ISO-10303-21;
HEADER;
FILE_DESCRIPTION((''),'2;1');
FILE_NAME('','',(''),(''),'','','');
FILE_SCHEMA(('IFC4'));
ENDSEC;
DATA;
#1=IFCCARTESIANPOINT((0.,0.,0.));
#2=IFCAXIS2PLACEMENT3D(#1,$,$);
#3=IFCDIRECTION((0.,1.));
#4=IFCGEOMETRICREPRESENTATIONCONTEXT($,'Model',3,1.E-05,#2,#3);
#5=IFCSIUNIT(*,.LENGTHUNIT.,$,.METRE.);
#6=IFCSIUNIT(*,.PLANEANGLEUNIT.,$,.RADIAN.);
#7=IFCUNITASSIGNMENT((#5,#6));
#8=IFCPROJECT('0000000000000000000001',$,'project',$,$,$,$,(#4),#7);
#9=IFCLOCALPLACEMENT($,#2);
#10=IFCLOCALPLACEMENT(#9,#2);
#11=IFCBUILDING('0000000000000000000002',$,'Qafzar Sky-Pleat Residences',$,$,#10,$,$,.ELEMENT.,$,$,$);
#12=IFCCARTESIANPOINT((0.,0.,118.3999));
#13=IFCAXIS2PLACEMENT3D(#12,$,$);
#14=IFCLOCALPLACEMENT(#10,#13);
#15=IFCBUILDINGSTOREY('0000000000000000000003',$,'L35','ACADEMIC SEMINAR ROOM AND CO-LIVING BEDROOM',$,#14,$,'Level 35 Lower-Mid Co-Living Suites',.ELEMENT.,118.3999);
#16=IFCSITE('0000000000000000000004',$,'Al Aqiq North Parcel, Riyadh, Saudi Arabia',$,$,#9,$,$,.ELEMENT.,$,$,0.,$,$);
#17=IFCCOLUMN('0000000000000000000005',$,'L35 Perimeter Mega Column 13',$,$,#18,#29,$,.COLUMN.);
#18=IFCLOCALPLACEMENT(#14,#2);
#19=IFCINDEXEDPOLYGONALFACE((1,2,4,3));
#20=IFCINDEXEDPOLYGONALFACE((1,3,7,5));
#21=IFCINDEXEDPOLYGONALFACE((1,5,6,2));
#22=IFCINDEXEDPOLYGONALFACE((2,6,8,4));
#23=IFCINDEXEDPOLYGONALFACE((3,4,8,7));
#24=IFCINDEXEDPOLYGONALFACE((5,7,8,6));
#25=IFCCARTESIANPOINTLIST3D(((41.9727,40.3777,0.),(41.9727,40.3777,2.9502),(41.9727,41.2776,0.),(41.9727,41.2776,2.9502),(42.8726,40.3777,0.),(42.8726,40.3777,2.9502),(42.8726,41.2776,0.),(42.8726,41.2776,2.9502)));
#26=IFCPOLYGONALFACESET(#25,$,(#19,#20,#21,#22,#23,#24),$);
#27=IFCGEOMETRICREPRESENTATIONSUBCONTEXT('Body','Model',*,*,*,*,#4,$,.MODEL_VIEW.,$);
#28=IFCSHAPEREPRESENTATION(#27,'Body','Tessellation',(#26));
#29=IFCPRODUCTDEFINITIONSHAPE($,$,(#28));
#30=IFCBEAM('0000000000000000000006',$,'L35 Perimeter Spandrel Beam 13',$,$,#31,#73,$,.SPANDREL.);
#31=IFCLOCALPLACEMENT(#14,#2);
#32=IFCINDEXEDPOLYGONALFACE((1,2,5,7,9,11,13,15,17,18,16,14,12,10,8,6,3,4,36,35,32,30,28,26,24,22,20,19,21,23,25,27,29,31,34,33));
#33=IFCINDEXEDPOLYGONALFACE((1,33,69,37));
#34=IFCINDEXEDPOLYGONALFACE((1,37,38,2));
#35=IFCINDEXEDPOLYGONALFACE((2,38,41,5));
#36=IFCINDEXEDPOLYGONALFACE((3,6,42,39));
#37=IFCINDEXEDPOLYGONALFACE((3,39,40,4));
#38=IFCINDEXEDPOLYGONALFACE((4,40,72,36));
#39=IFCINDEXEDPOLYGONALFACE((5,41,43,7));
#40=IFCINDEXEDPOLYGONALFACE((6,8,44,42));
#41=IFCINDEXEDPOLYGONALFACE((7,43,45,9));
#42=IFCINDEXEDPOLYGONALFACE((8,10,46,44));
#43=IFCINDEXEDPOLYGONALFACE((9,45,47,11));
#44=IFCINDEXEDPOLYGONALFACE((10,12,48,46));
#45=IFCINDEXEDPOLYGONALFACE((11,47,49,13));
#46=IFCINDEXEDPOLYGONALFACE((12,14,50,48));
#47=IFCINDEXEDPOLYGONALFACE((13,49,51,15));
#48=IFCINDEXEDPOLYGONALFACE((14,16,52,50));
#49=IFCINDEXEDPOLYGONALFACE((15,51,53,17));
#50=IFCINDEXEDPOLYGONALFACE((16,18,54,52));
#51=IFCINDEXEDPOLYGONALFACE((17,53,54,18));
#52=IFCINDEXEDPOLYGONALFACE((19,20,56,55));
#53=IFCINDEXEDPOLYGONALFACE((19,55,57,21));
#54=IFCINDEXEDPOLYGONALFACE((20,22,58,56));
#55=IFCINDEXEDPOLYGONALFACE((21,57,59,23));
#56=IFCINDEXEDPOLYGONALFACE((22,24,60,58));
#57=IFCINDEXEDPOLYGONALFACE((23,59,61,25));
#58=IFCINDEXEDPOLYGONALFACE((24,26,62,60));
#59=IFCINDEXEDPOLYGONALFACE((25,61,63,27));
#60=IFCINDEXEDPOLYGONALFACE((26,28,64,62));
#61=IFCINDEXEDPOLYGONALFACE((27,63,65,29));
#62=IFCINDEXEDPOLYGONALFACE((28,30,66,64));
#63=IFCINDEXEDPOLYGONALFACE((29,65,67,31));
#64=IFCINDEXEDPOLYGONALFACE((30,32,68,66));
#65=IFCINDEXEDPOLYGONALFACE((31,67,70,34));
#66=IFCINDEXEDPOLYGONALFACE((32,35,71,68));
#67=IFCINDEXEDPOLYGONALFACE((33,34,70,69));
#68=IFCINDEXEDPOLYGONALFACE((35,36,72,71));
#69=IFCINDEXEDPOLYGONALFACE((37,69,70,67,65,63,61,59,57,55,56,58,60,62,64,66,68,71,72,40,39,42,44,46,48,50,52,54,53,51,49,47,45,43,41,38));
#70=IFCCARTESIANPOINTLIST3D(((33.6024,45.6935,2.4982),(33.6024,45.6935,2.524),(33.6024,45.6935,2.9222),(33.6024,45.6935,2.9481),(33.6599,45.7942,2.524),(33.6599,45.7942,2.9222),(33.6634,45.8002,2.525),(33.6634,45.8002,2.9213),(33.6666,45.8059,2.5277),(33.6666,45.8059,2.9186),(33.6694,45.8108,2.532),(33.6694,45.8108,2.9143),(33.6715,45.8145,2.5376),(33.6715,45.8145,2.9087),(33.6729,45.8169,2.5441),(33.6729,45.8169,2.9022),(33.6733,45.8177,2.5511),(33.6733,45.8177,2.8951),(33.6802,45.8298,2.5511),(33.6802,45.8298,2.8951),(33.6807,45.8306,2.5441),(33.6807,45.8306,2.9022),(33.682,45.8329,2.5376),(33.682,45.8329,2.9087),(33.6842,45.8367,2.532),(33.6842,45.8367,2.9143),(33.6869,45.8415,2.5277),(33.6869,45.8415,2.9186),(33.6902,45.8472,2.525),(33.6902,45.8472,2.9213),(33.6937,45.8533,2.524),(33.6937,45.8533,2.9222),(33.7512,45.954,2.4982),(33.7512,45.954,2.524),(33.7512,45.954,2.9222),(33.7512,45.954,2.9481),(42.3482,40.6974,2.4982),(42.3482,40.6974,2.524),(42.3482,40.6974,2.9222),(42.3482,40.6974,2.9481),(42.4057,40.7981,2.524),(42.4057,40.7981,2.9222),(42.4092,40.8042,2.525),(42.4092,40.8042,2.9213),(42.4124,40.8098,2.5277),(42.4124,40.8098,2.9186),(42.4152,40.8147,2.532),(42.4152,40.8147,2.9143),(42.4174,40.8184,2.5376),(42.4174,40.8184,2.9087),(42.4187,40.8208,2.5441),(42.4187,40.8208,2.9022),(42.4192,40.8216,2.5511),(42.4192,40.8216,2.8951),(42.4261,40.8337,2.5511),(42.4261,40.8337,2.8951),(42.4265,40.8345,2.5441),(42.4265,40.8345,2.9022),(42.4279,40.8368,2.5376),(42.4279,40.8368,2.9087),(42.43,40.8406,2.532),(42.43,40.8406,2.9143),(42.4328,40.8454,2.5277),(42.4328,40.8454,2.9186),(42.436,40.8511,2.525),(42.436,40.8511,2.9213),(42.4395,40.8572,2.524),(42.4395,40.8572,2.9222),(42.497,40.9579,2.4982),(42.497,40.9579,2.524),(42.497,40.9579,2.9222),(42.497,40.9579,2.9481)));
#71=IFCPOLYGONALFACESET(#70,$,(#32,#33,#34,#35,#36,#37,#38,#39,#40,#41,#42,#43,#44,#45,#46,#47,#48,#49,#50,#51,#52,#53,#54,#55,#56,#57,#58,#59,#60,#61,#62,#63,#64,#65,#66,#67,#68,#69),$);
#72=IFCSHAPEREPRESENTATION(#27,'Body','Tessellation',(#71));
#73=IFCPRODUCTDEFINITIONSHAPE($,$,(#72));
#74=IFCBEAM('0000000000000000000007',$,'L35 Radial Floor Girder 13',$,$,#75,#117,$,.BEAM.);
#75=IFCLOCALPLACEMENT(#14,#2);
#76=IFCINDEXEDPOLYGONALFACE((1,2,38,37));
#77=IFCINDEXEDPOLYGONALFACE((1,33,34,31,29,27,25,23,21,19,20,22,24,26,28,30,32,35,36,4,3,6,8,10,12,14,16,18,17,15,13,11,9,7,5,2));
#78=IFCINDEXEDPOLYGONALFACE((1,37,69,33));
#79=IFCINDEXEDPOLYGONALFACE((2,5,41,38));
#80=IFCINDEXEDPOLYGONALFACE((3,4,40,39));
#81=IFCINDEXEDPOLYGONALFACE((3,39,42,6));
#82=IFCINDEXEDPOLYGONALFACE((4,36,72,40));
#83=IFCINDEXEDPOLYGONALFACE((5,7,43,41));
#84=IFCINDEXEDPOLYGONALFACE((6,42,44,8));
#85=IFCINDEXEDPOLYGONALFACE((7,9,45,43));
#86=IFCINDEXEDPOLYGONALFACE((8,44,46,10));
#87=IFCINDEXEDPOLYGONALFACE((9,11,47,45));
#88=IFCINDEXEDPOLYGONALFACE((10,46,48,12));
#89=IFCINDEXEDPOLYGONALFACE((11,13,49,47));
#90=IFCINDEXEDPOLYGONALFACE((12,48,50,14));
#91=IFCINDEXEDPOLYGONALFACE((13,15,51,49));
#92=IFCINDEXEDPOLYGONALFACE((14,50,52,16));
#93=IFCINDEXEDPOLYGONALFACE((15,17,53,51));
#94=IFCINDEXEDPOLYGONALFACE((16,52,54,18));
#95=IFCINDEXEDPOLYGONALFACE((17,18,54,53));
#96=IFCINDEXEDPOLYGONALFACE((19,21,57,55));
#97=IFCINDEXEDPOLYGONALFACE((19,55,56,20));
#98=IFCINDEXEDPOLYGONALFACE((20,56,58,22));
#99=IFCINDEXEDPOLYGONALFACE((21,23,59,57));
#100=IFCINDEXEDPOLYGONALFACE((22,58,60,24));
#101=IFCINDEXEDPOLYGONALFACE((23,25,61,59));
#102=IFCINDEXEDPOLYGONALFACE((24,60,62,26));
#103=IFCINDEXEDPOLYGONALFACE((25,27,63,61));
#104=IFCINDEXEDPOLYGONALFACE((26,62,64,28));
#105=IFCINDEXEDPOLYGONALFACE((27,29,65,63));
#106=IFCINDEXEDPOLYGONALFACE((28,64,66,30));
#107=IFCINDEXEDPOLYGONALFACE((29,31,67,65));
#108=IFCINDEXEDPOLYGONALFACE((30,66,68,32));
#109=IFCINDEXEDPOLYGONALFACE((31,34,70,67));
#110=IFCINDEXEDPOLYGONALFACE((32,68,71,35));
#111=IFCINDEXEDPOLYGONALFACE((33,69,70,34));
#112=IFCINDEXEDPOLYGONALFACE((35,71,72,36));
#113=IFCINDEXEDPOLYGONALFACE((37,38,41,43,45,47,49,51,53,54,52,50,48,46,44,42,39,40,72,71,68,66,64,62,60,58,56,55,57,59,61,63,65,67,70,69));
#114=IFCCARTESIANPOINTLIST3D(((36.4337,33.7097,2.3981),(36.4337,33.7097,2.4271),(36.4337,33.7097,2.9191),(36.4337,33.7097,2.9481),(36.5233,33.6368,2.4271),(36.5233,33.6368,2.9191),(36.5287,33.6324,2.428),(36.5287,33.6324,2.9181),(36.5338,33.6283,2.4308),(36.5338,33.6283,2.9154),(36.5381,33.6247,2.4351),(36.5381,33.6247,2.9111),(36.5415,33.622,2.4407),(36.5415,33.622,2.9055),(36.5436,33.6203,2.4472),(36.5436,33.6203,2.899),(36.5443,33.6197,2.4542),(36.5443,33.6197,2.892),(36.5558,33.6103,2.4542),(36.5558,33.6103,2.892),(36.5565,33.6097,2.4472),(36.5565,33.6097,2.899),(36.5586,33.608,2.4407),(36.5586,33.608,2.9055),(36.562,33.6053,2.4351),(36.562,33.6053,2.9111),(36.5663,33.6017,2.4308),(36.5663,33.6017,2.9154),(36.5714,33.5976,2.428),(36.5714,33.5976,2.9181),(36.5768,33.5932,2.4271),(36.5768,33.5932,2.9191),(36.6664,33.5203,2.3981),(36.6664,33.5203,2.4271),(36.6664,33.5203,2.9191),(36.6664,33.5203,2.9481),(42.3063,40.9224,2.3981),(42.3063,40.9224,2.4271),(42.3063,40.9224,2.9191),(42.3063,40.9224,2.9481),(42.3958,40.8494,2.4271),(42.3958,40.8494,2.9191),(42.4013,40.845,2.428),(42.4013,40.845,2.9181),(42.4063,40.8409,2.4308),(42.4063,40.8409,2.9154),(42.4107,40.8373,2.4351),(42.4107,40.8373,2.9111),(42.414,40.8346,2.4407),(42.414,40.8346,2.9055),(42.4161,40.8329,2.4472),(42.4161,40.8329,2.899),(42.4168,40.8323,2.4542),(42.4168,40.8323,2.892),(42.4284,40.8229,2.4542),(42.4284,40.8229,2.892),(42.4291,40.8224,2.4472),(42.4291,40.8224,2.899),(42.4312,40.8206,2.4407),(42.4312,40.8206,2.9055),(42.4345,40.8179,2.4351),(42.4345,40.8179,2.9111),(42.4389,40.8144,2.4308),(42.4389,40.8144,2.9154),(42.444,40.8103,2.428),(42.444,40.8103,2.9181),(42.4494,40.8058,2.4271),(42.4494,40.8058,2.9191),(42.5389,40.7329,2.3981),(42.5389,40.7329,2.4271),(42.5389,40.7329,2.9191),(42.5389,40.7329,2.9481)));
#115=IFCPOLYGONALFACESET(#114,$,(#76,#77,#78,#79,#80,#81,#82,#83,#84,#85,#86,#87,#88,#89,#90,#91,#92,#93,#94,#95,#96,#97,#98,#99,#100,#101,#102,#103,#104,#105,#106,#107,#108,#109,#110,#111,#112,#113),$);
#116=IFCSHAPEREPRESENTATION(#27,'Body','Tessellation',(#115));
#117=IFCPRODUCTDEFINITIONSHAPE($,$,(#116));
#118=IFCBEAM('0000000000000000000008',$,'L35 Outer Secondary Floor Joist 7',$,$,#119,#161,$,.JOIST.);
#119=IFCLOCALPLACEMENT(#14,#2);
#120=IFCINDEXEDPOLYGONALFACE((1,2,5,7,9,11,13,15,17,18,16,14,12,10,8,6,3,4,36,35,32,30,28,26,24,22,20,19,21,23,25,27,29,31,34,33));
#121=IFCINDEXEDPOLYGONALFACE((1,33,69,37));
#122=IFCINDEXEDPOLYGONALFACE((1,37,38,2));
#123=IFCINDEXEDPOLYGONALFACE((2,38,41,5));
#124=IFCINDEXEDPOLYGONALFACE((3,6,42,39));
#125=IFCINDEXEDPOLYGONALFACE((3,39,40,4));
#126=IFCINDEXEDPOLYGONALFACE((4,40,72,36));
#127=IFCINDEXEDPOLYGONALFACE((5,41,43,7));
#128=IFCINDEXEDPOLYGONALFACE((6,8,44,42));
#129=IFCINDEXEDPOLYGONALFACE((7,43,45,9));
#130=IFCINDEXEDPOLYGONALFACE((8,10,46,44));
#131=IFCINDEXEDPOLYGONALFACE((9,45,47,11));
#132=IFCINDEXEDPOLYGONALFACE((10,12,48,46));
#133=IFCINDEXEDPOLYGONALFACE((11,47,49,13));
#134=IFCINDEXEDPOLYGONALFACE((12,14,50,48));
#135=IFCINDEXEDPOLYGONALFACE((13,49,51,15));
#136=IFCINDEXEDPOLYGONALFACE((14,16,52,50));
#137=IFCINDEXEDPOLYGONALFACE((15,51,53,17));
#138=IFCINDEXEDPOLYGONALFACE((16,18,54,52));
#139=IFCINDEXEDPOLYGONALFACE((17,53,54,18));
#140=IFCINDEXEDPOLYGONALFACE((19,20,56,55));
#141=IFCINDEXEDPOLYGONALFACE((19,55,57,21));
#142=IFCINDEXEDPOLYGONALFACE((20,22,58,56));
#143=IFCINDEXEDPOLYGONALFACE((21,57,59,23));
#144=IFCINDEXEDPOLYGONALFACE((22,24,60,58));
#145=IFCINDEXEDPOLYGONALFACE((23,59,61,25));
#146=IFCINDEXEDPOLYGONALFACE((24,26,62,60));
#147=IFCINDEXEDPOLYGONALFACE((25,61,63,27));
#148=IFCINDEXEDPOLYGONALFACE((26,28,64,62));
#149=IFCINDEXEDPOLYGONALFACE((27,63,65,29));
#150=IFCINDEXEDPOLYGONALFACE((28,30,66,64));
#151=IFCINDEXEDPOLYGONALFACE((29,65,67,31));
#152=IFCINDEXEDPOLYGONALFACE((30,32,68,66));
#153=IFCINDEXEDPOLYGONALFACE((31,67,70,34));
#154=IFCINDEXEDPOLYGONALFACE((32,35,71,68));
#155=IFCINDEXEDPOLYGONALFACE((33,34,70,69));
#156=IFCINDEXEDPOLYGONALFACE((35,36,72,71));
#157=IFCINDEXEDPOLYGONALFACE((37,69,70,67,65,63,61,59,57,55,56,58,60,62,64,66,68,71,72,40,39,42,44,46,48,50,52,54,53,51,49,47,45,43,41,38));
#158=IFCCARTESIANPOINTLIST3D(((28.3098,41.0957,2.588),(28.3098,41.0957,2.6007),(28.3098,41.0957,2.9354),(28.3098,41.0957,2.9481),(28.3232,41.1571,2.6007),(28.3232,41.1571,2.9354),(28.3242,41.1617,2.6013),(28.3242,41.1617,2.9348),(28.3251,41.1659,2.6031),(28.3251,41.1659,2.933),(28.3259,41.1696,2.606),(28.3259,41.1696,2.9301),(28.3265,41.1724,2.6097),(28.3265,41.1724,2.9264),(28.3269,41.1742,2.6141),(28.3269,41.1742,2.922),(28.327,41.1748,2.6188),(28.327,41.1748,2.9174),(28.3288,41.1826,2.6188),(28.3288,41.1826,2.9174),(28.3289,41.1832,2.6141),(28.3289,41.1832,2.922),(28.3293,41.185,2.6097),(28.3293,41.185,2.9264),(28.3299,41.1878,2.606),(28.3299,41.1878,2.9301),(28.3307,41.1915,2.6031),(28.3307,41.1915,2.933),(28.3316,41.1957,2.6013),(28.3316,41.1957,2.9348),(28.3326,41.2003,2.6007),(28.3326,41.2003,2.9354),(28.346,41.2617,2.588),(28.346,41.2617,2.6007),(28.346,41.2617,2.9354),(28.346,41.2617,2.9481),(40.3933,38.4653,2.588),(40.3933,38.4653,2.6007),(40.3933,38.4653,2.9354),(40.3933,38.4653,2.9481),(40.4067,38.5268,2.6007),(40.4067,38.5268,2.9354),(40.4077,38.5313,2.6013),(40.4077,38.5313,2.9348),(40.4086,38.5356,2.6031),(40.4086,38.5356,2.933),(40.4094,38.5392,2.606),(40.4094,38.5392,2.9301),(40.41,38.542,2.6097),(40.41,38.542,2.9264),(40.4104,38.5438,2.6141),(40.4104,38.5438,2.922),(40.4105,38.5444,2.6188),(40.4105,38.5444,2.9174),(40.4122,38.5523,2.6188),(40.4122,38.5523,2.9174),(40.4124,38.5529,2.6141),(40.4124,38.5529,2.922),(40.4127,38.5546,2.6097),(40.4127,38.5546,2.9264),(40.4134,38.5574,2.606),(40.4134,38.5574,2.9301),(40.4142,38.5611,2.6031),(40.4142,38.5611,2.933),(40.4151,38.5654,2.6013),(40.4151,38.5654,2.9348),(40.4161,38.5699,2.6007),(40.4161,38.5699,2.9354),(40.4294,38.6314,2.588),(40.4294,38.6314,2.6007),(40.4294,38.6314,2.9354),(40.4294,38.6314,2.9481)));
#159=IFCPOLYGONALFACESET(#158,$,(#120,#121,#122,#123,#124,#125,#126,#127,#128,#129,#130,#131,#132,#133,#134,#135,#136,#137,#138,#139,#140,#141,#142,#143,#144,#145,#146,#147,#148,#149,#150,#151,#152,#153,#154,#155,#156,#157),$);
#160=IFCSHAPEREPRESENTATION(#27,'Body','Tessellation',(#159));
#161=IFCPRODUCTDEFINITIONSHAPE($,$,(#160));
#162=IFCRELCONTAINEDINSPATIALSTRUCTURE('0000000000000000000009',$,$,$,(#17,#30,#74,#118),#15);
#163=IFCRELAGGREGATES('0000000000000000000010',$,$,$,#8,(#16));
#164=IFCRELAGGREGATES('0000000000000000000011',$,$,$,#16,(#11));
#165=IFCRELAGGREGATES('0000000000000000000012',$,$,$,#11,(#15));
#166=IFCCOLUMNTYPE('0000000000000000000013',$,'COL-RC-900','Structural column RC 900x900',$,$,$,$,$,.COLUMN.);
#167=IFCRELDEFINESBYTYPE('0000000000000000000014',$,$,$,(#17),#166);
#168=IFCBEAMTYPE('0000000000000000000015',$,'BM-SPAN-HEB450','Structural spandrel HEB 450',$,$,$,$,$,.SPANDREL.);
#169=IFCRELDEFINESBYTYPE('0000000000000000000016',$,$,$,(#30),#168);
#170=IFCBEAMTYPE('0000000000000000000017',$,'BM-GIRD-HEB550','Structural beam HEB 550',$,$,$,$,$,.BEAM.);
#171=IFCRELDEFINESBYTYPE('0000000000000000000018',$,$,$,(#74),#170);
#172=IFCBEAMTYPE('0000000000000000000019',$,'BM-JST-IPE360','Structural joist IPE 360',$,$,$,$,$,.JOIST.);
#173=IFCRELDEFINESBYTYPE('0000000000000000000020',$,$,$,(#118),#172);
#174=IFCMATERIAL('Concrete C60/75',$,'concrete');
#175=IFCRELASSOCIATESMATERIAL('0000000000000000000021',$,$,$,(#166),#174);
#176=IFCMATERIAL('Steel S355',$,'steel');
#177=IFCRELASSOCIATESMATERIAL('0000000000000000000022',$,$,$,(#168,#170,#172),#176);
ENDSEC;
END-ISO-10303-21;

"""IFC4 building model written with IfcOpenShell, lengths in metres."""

from ifc_helpers import new_model, si_unit, direction, frame, origin, origin_2d, place, context, subcontext, project, spatial, rectangle, i_section, extrude, source, transform, mapped, material, material_profile, profile_set, type_object, element, save


model = new_model("IFC4")

# Units and contexts
model_context = context("Model", 3, precision=1e-05, world=origin(), true_north=direction((0.0, 1.0)))
body_context = subcontext(model_context, "Body", "Model", "MODEL_VIEW")
ifc_project = project(units=[si_unit("LENGTHUNIT", "METRE"), si_unit("PLANEANGLEUNIT", "RADIAN")], contexts=[model_context])

# Site, building, storey
site_placement = place(None, origin())
site = spatial("IfcSite", under=ifc_project, at=site_placement, Name="Al Aqiq North Parcel, Riyadh, Saudi Arabia", CompositionType="ELEMENT", RefElevation=0.0)
building_placement = place(site_placement, origin())
building = spatial("IfcBuilding", under=site, at=building_placement, Name="Qafzar Sky-Pleat Residences", CompositionType="ELEMENT")
storey_placement = place(building_placement, frame((0.0, 0.0, 118.3999)))
storey = spatial("IfcBuildingStorey", under=building, at=storey_placement, Name="L35", Description="ACADEMIC SEMINAR ROOM AND CO-LIVING BEDROOM", LongName="Level 35 Lower-Mid Co-Living Suites", CompositionType="ELEMENT", Elevation=118.3999)

# Column
ifc_material_1 = material(Name="Concrete C60/75", Category="concrete")
ifc_material_profile_1 = material_profile(ifc_material_1, rectangle(XDim=0.8999, YDim=0.8999, at=origin_2d()), Name="RC 900x900")
ifc_profile_set_1 = profile_set([ifc_material_profile_1], Name="Concrete C60/75")
column_type = type_object("IfcColumnType", Name="COL-RC-900", Description="Structural column RC 900x900", PredefinedType="COLUMN", material=ifc_profile_set_1)
shared_shape_1 = source(origin(), body_context, "Body", "SweptSolid", [
    extrude(rectangle(XDim=0.8999, YDim=0.8999, at=origin_2d()), origin(), (0.0, 0.0, 1.0), 2.9502),
])
column_placement = place(storey_placement, frame((42.4226, 40.8276, 0.0), z_axis=(0.0, 0.0, 1.0), x_axis=(1.0, 0.0, 0.0)))
element("IfcColumn", 1, at=column_placement, inside=storey, type_object=column_type, Name="L35 Perimeter Mega Column 13", PredefinedType="COLUMN", context=body_context, shape_type="MappedRepresentation", body=[
    mapped(shared_shape_1, transform((0.0, 0.0, 0.0), x_axis=(1.0, 0.0, 0.0), y_axis=(0.0, 1.0, 0.0), z_axis=(0.0, 0.0, 1.0), scale=1.0)),
])

# Beams
ifc_material_2 = material(Name="Steel S355", Category="steel")
ifc_material_profile_2 = material_profile(ifc_material_2, i_section(OverallWidth=0.3, OverallDepth=0.45, WebThickness=0.0139, FlangeThickness=0.0259, FilletRadius=0.0271, at=origin_2d()), Name="HEB 450")
ifc_profile_set_2 = profile_set([ifc_material_profile_2], Name="Steel S355")
beam_type_1 = type_object("IfcBeamType", Name="BM-SPAN-HEB450", Description="Structural spandrel HEB 450", PredefinedType="SPANDREL", material=ifc_profile_set_2)
shared_shape_2 = source(origin(), body_context, "Body", "SweptSolid", [
    extrude(i_section(OverallWidth=0.3, OverallDepth=0.45, WebThickness=0.0139, FlangeThickness=0.0259, FilletRadius=0.0271, at=origin_2d()), origin(), (0.0, 0.0, 1.0), 10.0723),
])
beam_1_placement = place(storey_placement, frame((42.4226, 40.8276, 2.7231), z_axis=(-0.868309, 0.496024, 0.0), x_axis=(-0.496024, -0.868309, 0.0)))
element("IfcBeam", 2, at=beam_1_placement, inside=storey, type_object=beam_type_1, Name="L35 Perimeter Spandrel Beam 13", PredefinedType="SPANDREL", context=body_context, shape_type="MappedRepresentation", body=[
    mapped(shared_shape_2, transform((0.0, 0.0, 0.0), x_axis=(1.0, 0.0, 0.0), y_axis=(0.0, 1.0, 0.0), z_axis=(0.0, 0.0, 1.0), scale=1.0)),
])
ifc_material_profile_3 = material_profile(ifc_material_2, i_section(OverallWidth=0.3, OverallDepth=0.55, WebThickness=0.0149, FlangeThickness=0.0291, FilletRadius=0.0271, at=origin_2d()), Name="HEB 550")
ifc_profile_set_3 = profile_set([ifc_material_profile_3], Name="Steel S355")
beam_type_2 = type_object("IfcBeamType", Name="BM-GIRD-HEB550", Description="Structural beam HEB 550", PredefinedType="BEAM", material=ifc_profile_set_3)
shared_shape_3 = source(origin(), body_context, "Body", "SweptSolid", [
    extrude(i_section(OverallWidth=0.3, OverallDepth=0.55, WebThickness=0.0149, FlangeThickness=0.0291, FilletRadius=0.0271, at=origin_2d()), origin(), (0.0, 0.0, 1.0), 9.301),
])
beam_2_placement = place(storey_placement, frame((42.4226, 40.8276, 2.6731), z_axis=(-0.631388, -0.775467, 0.0), x_axis=(0.775467, -0.631388, 0.0)))
element("IfcBeam", 3, at=beam_2_placement, inside=storey, type_object=beam_type_2, Name="L35 Radial Floor Girder 13", PredefinedType="BEAM", context=body_context, shape_type="MappedRepresentation", body=[
    mapped(shared_shape_3, transform((0.0, 0.0, 0.0), x_axis=(1.0, 0.0, 0.0), y_axis=(0.0, 1.0, 0.0), z_axis=(0.0, 0.0, 1.0), scale=1.0)),
])
ifc_material_profile_4 = material_profile(ifc_material_2, i_section(OverallWidth=0.1699, OverallDepth=0.3601, WebThickness=0.0081, FlangeThickness=0.0127, FilletRadius=0.0181, at=origin_2d()), Name="IPE 360")
ifc_profile_set_4 = profile_set([ifc_material_profile_4], Name="Steel S355")
beam_type_3 = type_object("IfcBeamType", Name="BM-JST-IPE360", Description="Structural joist IPE 360", PredefinedType="JOIST", material=ifc_profile_set_4)
shared_shape_4 = source(origin(), body_context, "Body", "SweptSolid", [
    extrude(i_section(OverallWidth=0.1699, OverallDepth=0.3601, WebThickness=0.0081, FlangeThickness=0.0127, FilletRadius=0.0181, at=origin_2d()), origin(), (0.0, 0.0, 1.0), 12.3665),
])
beam_3_placement = place(storey_placement, frame((40.4114, 38.5483, 2.7681), z_axis=(-0.977117, 0.212702, 0.0), x_axis=(-0.212702, -0.977117, 0.0)))
element("IfcBeam", 4, at=beam_3_placement, inside=storey, type_object=beam_type_3, Name="L35 Outer Secondary Floor Joist 7", PredefinedType="JOIST", context=body_context, shape_type="MappedRepresentation", body=[
    mapped(shared_shape_4, transform((0.0, 0.0, 0.0), x_axis=(1.0, 0.0, 0.0), y_axis=(0.0, 1.0, 0.0), z_axis=(0.0, 0.0, 1.0), scale=1.0)),
])

save(model, "model.ifc")
